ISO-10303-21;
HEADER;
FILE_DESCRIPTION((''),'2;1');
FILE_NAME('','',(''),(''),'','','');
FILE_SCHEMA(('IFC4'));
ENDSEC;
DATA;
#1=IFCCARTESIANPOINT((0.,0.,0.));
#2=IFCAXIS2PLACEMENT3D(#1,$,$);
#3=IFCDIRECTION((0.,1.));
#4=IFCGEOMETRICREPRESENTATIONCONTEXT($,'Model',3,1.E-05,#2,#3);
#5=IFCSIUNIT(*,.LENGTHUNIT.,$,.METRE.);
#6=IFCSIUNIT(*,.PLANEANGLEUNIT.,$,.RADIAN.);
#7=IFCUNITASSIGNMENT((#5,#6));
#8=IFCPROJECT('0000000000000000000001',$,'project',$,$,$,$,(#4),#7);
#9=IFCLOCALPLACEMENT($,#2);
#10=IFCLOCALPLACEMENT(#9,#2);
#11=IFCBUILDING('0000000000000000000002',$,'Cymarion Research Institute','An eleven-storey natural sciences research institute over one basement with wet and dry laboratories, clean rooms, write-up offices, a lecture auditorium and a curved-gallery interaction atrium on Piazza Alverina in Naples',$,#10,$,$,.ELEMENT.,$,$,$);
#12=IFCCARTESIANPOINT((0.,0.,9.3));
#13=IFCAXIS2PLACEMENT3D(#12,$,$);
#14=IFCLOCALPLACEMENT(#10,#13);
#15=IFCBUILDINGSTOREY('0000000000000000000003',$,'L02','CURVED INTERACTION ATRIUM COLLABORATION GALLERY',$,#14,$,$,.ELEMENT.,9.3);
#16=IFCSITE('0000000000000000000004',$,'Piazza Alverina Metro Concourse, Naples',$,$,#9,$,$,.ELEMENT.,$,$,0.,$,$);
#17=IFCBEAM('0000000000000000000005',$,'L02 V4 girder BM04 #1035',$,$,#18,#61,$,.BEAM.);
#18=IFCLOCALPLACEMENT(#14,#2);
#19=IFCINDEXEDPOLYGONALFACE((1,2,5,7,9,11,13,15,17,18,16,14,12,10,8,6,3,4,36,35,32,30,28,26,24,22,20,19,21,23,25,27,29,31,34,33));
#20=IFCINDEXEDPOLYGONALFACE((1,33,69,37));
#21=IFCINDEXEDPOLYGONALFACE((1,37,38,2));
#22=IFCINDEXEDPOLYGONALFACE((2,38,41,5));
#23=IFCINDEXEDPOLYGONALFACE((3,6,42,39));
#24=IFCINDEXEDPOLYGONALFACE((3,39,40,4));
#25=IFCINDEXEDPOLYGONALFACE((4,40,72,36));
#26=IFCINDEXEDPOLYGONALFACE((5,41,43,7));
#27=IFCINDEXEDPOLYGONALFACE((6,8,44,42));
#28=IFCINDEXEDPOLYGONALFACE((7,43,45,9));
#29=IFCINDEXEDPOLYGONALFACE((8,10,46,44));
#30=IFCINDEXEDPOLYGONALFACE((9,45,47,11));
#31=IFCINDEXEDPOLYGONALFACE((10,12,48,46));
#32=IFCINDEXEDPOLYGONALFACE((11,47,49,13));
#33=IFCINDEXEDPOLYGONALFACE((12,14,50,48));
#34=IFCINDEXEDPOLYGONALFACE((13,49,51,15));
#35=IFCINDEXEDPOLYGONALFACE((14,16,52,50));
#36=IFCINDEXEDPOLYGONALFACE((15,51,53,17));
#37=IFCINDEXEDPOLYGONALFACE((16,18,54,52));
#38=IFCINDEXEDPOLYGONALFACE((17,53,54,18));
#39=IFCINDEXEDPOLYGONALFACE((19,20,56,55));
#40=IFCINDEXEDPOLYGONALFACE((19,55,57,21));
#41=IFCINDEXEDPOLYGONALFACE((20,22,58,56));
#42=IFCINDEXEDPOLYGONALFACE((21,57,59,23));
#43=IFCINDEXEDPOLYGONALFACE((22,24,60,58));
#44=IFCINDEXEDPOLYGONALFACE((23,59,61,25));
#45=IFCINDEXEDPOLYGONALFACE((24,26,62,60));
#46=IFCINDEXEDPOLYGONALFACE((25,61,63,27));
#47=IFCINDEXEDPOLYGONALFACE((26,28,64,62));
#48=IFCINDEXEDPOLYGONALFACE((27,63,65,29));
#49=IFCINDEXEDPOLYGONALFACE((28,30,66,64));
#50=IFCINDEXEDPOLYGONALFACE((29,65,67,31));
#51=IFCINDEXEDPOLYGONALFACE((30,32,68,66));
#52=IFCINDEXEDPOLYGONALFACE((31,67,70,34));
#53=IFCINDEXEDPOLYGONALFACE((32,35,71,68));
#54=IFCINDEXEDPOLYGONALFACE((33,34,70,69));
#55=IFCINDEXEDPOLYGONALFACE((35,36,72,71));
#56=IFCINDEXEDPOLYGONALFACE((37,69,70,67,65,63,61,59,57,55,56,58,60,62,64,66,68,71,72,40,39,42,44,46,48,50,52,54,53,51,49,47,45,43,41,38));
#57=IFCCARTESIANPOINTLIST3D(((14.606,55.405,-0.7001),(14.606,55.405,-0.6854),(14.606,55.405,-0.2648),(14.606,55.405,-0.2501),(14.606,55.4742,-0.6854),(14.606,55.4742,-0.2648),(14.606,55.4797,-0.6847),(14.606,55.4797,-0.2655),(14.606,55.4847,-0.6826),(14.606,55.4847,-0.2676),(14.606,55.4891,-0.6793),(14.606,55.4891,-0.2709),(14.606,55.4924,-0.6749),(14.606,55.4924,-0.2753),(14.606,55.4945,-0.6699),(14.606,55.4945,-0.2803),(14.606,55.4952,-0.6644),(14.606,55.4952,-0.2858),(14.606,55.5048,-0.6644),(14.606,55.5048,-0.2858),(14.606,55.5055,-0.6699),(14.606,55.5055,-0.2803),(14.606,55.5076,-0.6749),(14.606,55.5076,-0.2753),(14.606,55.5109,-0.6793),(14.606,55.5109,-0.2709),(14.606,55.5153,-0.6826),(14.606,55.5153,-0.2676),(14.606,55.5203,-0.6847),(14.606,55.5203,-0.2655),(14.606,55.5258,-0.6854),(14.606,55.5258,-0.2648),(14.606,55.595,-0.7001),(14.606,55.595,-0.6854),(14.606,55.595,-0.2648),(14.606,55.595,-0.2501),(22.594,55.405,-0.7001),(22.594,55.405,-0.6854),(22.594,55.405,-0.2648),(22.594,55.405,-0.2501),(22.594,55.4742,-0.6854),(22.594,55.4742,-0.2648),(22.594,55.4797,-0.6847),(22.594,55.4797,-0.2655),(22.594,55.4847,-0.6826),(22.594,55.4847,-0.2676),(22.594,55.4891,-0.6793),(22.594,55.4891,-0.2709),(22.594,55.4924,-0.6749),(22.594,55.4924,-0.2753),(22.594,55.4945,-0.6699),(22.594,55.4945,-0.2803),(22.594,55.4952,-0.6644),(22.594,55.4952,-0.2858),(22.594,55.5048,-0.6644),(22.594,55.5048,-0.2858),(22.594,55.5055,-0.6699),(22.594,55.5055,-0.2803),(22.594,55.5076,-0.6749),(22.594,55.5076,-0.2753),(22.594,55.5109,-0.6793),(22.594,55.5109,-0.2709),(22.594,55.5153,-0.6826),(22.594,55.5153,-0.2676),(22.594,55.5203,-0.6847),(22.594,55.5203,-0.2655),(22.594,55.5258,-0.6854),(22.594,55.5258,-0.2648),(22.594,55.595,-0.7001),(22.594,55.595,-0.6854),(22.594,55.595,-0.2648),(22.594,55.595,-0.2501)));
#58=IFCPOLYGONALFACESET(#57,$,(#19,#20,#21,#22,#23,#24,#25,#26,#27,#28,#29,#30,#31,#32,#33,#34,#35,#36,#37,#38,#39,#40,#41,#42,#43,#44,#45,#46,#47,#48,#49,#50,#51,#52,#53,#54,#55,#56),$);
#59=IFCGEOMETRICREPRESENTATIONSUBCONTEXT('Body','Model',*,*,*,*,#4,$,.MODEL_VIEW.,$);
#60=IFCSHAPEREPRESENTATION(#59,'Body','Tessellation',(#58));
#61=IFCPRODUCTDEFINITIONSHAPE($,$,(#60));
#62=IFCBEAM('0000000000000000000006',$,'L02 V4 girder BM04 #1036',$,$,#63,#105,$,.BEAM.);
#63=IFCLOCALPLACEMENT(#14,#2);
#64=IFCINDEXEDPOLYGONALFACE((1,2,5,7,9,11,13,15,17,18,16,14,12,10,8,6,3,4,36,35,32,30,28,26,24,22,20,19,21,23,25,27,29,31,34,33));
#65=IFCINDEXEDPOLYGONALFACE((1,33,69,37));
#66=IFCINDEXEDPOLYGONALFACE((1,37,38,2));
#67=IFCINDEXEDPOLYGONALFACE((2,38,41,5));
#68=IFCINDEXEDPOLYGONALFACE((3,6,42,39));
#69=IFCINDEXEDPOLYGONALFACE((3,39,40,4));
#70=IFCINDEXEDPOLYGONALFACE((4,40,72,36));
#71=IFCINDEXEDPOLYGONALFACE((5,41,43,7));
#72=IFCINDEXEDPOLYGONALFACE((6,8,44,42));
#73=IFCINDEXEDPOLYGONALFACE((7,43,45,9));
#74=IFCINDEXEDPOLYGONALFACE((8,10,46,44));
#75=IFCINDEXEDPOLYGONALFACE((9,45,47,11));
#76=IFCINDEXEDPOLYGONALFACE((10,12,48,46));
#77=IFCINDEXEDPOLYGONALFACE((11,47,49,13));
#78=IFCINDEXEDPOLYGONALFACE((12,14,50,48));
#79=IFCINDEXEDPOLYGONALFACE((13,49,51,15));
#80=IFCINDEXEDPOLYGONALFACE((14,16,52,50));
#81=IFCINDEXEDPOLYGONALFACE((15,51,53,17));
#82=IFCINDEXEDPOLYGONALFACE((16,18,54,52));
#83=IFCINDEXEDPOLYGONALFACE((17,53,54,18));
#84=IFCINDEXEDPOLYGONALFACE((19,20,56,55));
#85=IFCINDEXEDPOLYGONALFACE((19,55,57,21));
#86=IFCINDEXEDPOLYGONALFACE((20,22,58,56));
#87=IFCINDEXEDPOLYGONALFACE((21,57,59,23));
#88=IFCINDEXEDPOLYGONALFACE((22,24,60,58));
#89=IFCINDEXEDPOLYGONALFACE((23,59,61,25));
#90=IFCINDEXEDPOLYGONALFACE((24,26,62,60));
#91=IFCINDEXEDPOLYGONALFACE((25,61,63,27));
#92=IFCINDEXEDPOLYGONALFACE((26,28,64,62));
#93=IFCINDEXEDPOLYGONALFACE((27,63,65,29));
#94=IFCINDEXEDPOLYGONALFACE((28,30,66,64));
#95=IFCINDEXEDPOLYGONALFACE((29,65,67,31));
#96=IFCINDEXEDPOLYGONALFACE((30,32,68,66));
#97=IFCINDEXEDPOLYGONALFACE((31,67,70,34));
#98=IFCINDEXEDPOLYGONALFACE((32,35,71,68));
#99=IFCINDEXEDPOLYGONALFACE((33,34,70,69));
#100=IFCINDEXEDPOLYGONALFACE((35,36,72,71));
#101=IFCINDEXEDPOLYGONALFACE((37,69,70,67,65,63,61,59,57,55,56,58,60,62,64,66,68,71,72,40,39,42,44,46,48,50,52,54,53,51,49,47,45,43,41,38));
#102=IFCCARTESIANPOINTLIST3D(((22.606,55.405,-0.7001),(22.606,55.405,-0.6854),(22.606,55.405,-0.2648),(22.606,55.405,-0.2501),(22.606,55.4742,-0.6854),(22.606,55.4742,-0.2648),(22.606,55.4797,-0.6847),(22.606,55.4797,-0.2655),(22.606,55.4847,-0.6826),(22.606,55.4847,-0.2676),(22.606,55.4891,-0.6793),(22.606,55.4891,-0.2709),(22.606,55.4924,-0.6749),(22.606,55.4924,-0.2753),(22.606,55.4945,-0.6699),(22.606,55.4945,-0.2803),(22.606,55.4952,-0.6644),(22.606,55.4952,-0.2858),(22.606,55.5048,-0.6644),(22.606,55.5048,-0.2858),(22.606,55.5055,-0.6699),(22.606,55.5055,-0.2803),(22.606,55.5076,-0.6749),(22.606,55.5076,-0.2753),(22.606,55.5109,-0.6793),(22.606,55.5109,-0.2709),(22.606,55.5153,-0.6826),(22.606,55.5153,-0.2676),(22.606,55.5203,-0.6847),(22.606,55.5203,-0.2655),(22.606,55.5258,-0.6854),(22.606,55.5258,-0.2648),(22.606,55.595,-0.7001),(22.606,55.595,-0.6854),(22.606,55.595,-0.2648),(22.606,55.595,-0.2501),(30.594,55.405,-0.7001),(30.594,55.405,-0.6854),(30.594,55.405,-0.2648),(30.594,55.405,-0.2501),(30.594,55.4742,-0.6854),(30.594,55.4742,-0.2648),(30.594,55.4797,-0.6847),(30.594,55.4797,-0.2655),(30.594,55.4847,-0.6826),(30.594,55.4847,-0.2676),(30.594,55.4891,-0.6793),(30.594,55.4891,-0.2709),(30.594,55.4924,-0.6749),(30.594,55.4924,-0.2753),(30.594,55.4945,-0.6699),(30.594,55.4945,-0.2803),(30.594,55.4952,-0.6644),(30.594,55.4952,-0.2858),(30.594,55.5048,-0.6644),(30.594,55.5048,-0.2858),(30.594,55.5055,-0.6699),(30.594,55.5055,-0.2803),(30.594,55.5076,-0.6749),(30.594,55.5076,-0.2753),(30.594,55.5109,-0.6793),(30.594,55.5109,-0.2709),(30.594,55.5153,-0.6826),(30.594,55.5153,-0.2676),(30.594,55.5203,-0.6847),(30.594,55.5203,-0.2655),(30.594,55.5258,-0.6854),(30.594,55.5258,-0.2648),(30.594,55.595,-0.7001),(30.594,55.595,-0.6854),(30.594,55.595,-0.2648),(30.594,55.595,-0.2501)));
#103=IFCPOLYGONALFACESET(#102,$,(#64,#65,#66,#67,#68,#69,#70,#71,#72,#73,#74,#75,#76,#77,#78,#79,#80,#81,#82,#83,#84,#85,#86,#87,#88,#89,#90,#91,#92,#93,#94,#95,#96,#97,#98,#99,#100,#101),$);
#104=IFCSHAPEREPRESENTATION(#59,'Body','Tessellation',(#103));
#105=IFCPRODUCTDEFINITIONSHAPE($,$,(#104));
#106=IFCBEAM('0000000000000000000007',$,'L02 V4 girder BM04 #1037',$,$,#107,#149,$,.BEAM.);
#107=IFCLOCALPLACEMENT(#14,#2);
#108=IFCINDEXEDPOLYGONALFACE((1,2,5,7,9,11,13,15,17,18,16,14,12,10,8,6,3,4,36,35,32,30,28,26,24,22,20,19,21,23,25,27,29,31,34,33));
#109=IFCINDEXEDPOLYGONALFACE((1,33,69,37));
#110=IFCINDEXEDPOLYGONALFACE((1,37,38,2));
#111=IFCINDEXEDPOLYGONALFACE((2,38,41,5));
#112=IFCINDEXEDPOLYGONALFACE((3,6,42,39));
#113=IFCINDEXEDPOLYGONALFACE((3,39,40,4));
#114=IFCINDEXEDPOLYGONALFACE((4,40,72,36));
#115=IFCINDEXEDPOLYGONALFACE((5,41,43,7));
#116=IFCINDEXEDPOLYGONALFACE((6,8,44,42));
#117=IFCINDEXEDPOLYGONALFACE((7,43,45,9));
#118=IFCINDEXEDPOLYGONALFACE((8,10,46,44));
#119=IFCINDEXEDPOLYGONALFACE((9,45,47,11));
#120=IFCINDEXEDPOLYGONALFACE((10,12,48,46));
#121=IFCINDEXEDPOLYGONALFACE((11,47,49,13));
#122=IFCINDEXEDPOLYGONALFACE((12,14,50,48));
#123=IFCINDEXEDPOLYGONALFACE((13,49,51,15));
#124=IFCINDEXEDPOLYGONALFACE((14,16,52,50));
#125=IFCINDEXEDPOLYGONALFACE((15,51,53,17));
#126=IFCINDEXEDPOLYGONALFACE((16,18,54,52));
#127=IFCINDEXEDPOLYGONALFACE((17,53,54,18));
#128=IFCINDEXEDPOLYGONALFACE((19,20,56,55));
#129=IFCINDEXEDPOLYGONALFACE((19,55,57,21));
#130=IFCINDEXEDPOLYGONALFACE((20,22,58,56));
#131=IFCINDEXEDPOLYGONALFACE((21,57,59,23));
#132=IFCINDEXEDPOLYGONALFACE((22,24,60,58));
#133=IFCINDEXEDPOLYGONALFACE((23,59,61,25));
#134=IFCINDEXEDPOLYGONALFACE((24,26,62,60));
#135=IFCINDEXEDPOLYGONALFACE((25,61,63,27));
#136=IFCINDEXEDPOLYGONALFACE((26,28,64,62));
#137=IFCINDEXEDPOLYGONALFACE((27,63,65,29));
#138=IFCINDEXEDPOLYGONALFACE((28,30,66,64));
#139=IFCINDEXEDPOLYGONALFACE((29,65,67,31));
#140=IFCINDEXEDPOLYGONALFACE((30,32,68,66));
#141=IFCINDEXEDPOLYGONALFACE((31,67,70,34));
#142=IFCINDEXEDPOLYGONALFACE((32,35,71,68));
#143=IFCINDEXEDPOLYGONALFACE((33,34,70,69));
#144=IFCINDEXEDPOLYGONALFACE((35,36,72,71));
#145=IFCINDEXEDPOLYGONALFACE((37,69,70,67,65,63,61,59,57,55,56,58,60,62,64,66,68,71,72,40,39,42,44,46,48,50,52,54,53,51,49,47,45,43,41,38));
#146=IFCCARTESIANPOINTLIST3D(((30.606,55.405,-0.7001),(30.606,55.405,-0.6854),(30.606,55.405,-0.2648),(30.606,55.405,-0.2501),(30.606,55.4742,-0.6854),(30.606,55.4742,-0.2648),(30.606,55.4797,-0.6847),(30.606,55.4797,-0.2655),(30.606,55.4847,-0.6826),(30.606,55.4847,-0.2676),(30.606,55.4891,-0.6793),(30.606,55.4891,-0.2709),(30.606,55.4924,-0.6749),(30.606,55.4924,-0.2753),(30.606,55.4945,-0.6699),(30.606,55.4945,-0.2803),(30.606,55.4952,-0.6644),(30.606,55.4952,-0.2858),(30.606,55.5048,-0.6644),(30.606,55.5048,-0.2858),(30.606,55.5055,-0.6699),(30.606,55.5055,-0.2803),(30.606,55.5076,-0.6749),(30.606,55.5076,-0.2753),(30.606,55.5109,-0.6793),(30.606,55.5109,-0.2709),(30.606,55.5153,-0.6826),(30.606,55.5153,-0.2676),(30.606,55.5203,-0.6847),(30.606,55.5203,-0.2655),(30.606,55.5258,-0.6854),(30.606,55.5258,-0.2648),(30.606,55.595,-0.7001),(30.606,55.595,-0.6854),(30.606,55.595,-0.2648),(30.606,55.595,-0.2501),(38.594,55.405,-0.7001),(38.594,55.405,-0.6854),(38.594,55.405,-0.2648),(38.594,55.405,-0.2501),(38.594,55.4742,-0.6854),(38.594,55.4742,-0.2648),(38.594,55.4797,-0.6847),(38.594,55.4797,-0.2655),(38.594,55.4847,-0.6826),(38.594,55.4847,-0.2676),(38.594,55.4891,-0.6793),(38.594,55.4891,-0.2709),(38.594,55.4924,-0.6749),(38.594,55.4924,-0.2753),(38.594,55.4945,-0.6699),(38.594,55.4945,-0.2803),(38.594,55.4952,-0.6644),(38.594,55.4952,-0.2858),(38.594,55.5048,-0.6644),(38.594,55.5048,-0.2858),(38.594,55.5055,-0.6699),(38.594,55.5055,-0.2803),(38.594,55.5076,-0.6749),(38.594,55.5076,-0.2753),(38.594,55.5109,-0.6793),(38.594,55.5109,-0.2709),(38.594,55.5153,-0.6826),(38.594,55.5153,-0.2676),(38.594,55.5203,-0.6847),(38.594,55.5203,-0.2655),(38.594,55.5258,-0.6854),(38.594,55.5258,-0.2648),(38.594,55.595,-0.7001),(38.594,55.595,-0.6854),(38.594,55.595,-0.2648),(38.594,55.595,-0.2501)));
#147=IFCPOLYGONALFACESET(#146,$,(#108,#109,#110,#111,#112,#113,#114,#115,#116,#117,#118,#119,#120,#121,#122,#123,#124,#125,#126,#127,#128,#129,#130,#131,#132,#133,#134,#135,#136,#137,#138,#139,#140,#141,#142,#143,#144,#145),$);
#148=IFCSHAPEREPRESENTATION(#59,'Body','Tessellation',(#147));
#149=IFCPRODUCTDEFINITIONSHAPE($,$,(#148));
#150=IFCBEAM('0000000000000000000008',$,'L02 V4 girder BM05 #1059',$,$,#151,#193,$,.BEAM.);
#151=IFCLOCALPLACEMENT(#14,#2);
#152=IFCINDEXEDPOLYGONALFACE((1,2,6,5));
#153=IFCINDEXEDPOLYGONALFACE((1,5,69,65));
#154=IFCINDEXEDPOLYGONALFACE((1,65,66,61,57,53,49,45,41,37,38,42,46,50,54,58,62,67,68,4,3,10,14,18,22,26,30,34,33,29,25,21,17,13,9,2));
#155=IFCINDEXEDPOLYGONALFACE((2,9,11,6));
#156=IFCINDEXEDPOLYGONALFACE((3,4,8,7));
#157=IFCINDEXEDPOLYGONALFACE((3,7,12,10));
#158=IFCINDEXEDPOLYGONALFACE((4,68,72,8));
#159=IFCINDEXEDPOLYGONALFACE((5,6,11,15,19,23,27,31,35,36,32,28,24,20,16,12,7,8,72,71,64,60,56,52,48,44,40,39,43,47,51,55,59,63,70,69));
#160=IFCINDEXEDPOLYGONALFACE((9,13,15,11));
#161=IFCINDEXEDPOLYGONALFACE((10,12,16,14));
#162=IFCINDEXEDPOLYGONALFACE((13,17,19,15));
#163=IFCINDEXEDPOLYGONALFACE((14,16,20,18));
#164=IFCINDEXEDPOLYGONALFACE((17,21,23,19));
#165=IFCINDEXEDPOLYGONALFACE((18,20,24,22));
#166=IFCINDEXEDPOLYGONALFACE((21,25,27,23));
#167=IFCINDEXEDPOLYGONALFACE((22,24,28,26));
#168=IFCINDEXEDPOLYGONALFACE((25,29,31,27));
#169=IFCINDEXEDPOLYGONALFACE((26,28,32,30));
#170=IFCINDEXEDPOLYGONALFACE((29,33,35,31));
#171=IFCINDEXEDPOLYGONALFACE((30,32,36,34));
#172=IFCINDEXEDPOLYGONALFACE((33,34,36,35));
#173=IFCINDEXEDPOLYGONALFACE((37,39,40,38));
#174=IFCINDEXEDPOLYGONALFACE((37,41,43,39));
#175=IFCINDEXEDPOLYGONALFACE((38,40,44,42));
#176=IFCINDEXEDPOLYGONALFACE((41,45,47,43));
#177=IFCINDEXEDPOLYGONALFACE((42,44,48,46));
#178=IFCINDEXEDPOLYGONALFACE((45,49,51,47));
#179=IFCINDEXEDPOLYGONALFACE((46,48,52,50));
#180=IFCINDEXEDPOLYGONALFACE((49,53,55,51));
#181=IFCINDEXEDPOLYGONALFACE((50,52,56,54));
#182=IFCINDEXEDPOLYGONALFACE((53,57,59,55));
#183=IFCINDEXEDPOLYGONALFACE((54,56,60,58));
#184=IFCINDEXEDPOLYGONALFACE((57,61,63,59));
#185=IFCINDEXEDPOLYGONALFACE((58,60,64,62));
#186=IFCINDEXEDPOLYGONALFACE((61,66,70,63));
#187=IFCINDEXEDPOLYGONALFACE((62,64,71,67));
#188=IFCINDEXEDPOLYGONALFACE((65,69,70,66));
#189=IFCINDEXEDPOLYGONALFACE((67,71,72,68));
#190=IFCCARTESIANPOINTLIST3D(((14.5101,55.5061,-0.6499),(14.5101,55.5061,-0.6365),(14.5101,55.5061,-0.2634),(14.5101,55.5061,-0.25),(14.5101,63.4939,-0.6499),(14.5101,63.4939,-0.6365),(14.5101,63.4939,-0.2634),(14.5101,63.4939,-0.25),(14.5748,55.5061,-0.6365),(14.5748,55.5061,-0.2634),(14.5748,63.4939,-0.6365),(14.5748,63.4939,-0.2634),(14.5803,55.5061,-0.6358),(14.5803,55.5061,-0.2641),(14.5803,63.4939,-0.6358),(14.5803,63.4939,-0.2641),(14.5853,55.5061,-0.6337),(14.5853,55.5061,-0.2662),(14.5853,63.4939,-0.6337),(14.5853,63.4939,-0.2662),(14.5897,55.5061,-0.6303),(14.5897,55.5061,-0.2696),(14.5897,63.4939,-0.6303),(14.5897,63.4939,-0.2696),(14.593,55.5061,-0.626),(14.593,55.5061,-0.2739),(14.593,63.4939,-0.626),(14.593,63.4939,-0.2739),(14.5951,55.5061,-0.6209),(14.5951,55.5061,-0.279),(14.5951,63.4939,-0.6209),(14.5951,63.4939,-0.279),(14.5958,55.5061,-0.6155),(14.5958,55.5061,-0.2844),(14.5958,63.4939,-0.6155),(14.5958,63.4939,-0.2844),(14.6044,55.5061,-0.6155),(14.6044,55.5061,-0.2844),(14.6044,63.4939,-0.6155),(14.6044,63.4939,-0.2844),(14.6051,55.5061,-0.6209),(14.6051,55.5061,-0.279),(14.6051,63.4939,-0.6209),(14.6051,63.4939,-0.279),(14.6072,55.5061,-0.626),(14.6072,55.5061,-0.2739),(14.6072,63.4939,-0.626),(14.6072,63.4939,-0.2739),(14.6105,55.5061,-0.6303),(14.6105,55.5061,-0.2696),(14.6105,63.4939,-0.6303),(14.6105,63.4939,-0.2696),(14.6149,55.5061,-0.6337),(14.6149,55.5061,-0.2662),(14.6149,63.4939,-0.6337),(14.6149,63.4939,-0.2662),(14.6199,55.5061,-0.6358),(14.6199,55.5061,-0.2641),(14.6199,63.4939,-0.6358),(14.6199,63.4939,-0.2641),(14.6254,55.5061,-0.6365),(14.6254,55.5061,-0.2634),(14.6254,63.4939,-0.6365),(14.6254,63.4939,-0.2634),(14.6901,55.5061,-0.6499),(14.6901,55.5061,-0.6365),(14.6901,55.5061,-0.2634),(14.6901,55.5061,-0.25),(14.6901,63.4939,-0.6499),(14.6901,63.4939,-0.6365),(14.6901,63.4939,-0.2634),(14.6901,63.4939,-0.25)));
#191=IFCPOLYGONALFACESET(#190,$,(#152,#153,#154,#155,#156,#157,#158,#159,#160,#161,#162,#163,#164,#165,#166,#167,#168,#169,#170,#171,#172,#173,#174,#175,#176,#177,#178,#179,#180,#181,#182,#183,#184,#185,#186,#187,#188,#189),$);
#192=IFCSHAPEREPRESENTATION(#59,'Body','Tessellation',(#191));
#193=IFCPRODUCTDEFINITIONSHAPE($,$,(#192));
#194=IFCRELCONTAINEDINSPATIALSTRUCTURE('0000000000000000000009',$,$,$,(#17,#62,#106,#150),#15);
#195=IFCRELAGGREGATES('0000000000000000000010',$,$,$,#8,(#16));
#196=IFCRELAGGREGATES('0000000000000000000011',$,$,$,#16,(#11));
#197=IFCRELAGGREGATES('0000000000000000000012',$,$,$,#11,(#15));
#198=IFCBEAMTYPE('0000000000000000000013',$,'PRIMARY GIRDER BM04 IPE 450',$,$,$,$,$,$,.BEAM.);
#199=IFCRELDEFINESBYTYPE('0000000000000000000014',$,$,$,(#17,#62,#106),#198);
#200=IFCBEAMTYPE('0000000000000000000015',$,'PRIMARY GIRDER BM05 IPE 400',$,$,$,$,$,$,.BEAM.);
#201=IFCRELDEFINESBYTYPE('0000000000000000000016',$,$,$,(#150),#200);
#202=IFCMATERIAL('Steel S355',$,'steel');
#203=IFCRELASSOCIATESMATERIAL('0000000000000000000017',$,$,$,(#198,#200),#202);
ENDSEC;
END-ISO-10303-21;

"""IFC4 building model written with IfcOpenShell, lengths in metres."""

from ifc_helpers import new_model, si_unit, direction, frame, origin, origin_2d, place, context, subcontext, project, spatial, i_section, extrude, material, material_profile, profile_set, type_object, element, save


model = new_model("IFC4")

# Units and contexts
model_context = context("Model", 3, precision=1e-05, world=origin(), true_north=direction((0.0, 1.0)))
body_context = subcontext(model_context, "Body", "Model", "MODEL_VIEW")
ifc_project = project(units=[si_unit("LENGTHUNIT", "METRE"), si_unit("PLANEANGLEUNIT", "RADIAN")], contexts=[model_context])

# Site, building, storey
site_placement = place(None, origin())
site = spatial("IfcSite", under=ifc_project, at=site_placement, Name="Piazza Alverina Metro Concourse, Naples", CompositionType="ELEMENT", RefElevation=0.0)
building_placement = place(site_placement, origin())
building = spatial("IfcBuilding", under=site, at=building_placement, Name="Cymarion Research Institute", Description="An eleven-storey natural sciences research institute over one basement with wet and dry laboratories, clean rooms, write-up offices, a lecture auditorium and a curved-gallery interaction atrium on Piazza Alverina in Naples", CompositionType="ELEMENT")
storey_placement = place(building_placement, frame((0.0, 0.0, 9.3)))
storey = spatial("IfcBuildingStorey", under=building, at=storey_placement, Name="L02", Description="CURVED INTERACTION ATRIUM COLLABORATION GALLERY", CompositionType="ELEMENT", Elevation=9.3)

# Shared definitions
ifc_material_1 = material(Name="Steel S355", Category="steel")

# Beams
ifc_material_profile_1 = material_profile(ifc_material_1, i_section(OverallWidth=0.1899, OverallDepth=0.45, WebThickness=0.0095, FlangeThickness=0.0146, FilletRadius=0.021, at=origin_2d()), Name="IPE 450")
ifc_profile_set_1 = profile_set([ifc_material_profile_1], Name="Steel S355")
beam_type_1 = type_object("IfcBeamType", Name="PRIMARY GIRDER BM04 IPE 450", PredefinedType="BEAM", material=ifc_profile_set_1)
for number, where, z_axis, x_axis, name in (
    (1, (14.606, 55.5, -0.4751), (1.0, 0.0, 0.0), (0.0, 1.0, 0.0), "L02 V4 girder BM04 #1035"),
    (2, (22.606, 55.5, -0.4751), (1.0, 0.0, 0.0), (0.0, 1.0, 0.0), "L02 V4 girder BM04 #1036"),
    (3, (30.606, 55.5, -0.4751), (1.0, 0.0, 0.0), (0.0, 1.0, 0.0), "L02 V4 girder BM04 #1037"),
):
    element("IfcBeam", number, at=place(storey_placement, frame(where, z_axis=z_axis, x_axis=x_axis)), inside=storey, type_object=beam_type_1, Name=name, PredefinedType="BEAM", context=body_context, shape_type="SweptSolid", body=[
        extrude(i_section(OverallWidth=0.1899, OverallDepth=0.45, WebThickness=0.0095, FlangeThickness=0.0146, FilletRadius=0.021, at=origin_2d()), origin(), (0.0, 0.0, 1.0), 7.988),
    ])
ifc_material_profile_2 = material_profile(ifc_material_1, i_section(OverallWidth=0.1799, OverallDepth=0.3999, WebThickness=0.0085, FlangeThickness=0.0134, FilletRadius=0.021, at=origin_2d()), Name="IPE 400")
ifc_profile_set_2 = profile_set([ifc_material_profile_2], Name="Steel S355")
beam_type_2 = type_object("IfcBeamType", Name="PRIMARY GIRDER BM05 IPE 400", PredefinedType="BEAM", material=ifc_profile_set_2)
for number, where, z_axis, x_axis, name in (
    (4, (14.6001, 55.5061, -0.45), (0.0, 1.0, 0.0), (-1.0, 0.0, 0.0), "L02 V4 girder BM05 #1059"),
):
    element("IfcBeam", number, at=place(storey_placement, frame(where, z_axis=z_axis, x_axis=x_axis)), inside=storey, type_object=beam_type_2, Name=name, PredefinedType="BEAM", context=body_context, shape_type="SweptSolid", body=[
        extrude(i_section(OverallWidth=0.1799, OverallDepth=0.3999, WebThickness=0.0085, FlangeThickness=0.0134, FilletRadius=0.021, at=origin_2d()), origin(), (0.0, 0.0, 1.0), 7.9878),
    ])

save(model, "model.ifc")
